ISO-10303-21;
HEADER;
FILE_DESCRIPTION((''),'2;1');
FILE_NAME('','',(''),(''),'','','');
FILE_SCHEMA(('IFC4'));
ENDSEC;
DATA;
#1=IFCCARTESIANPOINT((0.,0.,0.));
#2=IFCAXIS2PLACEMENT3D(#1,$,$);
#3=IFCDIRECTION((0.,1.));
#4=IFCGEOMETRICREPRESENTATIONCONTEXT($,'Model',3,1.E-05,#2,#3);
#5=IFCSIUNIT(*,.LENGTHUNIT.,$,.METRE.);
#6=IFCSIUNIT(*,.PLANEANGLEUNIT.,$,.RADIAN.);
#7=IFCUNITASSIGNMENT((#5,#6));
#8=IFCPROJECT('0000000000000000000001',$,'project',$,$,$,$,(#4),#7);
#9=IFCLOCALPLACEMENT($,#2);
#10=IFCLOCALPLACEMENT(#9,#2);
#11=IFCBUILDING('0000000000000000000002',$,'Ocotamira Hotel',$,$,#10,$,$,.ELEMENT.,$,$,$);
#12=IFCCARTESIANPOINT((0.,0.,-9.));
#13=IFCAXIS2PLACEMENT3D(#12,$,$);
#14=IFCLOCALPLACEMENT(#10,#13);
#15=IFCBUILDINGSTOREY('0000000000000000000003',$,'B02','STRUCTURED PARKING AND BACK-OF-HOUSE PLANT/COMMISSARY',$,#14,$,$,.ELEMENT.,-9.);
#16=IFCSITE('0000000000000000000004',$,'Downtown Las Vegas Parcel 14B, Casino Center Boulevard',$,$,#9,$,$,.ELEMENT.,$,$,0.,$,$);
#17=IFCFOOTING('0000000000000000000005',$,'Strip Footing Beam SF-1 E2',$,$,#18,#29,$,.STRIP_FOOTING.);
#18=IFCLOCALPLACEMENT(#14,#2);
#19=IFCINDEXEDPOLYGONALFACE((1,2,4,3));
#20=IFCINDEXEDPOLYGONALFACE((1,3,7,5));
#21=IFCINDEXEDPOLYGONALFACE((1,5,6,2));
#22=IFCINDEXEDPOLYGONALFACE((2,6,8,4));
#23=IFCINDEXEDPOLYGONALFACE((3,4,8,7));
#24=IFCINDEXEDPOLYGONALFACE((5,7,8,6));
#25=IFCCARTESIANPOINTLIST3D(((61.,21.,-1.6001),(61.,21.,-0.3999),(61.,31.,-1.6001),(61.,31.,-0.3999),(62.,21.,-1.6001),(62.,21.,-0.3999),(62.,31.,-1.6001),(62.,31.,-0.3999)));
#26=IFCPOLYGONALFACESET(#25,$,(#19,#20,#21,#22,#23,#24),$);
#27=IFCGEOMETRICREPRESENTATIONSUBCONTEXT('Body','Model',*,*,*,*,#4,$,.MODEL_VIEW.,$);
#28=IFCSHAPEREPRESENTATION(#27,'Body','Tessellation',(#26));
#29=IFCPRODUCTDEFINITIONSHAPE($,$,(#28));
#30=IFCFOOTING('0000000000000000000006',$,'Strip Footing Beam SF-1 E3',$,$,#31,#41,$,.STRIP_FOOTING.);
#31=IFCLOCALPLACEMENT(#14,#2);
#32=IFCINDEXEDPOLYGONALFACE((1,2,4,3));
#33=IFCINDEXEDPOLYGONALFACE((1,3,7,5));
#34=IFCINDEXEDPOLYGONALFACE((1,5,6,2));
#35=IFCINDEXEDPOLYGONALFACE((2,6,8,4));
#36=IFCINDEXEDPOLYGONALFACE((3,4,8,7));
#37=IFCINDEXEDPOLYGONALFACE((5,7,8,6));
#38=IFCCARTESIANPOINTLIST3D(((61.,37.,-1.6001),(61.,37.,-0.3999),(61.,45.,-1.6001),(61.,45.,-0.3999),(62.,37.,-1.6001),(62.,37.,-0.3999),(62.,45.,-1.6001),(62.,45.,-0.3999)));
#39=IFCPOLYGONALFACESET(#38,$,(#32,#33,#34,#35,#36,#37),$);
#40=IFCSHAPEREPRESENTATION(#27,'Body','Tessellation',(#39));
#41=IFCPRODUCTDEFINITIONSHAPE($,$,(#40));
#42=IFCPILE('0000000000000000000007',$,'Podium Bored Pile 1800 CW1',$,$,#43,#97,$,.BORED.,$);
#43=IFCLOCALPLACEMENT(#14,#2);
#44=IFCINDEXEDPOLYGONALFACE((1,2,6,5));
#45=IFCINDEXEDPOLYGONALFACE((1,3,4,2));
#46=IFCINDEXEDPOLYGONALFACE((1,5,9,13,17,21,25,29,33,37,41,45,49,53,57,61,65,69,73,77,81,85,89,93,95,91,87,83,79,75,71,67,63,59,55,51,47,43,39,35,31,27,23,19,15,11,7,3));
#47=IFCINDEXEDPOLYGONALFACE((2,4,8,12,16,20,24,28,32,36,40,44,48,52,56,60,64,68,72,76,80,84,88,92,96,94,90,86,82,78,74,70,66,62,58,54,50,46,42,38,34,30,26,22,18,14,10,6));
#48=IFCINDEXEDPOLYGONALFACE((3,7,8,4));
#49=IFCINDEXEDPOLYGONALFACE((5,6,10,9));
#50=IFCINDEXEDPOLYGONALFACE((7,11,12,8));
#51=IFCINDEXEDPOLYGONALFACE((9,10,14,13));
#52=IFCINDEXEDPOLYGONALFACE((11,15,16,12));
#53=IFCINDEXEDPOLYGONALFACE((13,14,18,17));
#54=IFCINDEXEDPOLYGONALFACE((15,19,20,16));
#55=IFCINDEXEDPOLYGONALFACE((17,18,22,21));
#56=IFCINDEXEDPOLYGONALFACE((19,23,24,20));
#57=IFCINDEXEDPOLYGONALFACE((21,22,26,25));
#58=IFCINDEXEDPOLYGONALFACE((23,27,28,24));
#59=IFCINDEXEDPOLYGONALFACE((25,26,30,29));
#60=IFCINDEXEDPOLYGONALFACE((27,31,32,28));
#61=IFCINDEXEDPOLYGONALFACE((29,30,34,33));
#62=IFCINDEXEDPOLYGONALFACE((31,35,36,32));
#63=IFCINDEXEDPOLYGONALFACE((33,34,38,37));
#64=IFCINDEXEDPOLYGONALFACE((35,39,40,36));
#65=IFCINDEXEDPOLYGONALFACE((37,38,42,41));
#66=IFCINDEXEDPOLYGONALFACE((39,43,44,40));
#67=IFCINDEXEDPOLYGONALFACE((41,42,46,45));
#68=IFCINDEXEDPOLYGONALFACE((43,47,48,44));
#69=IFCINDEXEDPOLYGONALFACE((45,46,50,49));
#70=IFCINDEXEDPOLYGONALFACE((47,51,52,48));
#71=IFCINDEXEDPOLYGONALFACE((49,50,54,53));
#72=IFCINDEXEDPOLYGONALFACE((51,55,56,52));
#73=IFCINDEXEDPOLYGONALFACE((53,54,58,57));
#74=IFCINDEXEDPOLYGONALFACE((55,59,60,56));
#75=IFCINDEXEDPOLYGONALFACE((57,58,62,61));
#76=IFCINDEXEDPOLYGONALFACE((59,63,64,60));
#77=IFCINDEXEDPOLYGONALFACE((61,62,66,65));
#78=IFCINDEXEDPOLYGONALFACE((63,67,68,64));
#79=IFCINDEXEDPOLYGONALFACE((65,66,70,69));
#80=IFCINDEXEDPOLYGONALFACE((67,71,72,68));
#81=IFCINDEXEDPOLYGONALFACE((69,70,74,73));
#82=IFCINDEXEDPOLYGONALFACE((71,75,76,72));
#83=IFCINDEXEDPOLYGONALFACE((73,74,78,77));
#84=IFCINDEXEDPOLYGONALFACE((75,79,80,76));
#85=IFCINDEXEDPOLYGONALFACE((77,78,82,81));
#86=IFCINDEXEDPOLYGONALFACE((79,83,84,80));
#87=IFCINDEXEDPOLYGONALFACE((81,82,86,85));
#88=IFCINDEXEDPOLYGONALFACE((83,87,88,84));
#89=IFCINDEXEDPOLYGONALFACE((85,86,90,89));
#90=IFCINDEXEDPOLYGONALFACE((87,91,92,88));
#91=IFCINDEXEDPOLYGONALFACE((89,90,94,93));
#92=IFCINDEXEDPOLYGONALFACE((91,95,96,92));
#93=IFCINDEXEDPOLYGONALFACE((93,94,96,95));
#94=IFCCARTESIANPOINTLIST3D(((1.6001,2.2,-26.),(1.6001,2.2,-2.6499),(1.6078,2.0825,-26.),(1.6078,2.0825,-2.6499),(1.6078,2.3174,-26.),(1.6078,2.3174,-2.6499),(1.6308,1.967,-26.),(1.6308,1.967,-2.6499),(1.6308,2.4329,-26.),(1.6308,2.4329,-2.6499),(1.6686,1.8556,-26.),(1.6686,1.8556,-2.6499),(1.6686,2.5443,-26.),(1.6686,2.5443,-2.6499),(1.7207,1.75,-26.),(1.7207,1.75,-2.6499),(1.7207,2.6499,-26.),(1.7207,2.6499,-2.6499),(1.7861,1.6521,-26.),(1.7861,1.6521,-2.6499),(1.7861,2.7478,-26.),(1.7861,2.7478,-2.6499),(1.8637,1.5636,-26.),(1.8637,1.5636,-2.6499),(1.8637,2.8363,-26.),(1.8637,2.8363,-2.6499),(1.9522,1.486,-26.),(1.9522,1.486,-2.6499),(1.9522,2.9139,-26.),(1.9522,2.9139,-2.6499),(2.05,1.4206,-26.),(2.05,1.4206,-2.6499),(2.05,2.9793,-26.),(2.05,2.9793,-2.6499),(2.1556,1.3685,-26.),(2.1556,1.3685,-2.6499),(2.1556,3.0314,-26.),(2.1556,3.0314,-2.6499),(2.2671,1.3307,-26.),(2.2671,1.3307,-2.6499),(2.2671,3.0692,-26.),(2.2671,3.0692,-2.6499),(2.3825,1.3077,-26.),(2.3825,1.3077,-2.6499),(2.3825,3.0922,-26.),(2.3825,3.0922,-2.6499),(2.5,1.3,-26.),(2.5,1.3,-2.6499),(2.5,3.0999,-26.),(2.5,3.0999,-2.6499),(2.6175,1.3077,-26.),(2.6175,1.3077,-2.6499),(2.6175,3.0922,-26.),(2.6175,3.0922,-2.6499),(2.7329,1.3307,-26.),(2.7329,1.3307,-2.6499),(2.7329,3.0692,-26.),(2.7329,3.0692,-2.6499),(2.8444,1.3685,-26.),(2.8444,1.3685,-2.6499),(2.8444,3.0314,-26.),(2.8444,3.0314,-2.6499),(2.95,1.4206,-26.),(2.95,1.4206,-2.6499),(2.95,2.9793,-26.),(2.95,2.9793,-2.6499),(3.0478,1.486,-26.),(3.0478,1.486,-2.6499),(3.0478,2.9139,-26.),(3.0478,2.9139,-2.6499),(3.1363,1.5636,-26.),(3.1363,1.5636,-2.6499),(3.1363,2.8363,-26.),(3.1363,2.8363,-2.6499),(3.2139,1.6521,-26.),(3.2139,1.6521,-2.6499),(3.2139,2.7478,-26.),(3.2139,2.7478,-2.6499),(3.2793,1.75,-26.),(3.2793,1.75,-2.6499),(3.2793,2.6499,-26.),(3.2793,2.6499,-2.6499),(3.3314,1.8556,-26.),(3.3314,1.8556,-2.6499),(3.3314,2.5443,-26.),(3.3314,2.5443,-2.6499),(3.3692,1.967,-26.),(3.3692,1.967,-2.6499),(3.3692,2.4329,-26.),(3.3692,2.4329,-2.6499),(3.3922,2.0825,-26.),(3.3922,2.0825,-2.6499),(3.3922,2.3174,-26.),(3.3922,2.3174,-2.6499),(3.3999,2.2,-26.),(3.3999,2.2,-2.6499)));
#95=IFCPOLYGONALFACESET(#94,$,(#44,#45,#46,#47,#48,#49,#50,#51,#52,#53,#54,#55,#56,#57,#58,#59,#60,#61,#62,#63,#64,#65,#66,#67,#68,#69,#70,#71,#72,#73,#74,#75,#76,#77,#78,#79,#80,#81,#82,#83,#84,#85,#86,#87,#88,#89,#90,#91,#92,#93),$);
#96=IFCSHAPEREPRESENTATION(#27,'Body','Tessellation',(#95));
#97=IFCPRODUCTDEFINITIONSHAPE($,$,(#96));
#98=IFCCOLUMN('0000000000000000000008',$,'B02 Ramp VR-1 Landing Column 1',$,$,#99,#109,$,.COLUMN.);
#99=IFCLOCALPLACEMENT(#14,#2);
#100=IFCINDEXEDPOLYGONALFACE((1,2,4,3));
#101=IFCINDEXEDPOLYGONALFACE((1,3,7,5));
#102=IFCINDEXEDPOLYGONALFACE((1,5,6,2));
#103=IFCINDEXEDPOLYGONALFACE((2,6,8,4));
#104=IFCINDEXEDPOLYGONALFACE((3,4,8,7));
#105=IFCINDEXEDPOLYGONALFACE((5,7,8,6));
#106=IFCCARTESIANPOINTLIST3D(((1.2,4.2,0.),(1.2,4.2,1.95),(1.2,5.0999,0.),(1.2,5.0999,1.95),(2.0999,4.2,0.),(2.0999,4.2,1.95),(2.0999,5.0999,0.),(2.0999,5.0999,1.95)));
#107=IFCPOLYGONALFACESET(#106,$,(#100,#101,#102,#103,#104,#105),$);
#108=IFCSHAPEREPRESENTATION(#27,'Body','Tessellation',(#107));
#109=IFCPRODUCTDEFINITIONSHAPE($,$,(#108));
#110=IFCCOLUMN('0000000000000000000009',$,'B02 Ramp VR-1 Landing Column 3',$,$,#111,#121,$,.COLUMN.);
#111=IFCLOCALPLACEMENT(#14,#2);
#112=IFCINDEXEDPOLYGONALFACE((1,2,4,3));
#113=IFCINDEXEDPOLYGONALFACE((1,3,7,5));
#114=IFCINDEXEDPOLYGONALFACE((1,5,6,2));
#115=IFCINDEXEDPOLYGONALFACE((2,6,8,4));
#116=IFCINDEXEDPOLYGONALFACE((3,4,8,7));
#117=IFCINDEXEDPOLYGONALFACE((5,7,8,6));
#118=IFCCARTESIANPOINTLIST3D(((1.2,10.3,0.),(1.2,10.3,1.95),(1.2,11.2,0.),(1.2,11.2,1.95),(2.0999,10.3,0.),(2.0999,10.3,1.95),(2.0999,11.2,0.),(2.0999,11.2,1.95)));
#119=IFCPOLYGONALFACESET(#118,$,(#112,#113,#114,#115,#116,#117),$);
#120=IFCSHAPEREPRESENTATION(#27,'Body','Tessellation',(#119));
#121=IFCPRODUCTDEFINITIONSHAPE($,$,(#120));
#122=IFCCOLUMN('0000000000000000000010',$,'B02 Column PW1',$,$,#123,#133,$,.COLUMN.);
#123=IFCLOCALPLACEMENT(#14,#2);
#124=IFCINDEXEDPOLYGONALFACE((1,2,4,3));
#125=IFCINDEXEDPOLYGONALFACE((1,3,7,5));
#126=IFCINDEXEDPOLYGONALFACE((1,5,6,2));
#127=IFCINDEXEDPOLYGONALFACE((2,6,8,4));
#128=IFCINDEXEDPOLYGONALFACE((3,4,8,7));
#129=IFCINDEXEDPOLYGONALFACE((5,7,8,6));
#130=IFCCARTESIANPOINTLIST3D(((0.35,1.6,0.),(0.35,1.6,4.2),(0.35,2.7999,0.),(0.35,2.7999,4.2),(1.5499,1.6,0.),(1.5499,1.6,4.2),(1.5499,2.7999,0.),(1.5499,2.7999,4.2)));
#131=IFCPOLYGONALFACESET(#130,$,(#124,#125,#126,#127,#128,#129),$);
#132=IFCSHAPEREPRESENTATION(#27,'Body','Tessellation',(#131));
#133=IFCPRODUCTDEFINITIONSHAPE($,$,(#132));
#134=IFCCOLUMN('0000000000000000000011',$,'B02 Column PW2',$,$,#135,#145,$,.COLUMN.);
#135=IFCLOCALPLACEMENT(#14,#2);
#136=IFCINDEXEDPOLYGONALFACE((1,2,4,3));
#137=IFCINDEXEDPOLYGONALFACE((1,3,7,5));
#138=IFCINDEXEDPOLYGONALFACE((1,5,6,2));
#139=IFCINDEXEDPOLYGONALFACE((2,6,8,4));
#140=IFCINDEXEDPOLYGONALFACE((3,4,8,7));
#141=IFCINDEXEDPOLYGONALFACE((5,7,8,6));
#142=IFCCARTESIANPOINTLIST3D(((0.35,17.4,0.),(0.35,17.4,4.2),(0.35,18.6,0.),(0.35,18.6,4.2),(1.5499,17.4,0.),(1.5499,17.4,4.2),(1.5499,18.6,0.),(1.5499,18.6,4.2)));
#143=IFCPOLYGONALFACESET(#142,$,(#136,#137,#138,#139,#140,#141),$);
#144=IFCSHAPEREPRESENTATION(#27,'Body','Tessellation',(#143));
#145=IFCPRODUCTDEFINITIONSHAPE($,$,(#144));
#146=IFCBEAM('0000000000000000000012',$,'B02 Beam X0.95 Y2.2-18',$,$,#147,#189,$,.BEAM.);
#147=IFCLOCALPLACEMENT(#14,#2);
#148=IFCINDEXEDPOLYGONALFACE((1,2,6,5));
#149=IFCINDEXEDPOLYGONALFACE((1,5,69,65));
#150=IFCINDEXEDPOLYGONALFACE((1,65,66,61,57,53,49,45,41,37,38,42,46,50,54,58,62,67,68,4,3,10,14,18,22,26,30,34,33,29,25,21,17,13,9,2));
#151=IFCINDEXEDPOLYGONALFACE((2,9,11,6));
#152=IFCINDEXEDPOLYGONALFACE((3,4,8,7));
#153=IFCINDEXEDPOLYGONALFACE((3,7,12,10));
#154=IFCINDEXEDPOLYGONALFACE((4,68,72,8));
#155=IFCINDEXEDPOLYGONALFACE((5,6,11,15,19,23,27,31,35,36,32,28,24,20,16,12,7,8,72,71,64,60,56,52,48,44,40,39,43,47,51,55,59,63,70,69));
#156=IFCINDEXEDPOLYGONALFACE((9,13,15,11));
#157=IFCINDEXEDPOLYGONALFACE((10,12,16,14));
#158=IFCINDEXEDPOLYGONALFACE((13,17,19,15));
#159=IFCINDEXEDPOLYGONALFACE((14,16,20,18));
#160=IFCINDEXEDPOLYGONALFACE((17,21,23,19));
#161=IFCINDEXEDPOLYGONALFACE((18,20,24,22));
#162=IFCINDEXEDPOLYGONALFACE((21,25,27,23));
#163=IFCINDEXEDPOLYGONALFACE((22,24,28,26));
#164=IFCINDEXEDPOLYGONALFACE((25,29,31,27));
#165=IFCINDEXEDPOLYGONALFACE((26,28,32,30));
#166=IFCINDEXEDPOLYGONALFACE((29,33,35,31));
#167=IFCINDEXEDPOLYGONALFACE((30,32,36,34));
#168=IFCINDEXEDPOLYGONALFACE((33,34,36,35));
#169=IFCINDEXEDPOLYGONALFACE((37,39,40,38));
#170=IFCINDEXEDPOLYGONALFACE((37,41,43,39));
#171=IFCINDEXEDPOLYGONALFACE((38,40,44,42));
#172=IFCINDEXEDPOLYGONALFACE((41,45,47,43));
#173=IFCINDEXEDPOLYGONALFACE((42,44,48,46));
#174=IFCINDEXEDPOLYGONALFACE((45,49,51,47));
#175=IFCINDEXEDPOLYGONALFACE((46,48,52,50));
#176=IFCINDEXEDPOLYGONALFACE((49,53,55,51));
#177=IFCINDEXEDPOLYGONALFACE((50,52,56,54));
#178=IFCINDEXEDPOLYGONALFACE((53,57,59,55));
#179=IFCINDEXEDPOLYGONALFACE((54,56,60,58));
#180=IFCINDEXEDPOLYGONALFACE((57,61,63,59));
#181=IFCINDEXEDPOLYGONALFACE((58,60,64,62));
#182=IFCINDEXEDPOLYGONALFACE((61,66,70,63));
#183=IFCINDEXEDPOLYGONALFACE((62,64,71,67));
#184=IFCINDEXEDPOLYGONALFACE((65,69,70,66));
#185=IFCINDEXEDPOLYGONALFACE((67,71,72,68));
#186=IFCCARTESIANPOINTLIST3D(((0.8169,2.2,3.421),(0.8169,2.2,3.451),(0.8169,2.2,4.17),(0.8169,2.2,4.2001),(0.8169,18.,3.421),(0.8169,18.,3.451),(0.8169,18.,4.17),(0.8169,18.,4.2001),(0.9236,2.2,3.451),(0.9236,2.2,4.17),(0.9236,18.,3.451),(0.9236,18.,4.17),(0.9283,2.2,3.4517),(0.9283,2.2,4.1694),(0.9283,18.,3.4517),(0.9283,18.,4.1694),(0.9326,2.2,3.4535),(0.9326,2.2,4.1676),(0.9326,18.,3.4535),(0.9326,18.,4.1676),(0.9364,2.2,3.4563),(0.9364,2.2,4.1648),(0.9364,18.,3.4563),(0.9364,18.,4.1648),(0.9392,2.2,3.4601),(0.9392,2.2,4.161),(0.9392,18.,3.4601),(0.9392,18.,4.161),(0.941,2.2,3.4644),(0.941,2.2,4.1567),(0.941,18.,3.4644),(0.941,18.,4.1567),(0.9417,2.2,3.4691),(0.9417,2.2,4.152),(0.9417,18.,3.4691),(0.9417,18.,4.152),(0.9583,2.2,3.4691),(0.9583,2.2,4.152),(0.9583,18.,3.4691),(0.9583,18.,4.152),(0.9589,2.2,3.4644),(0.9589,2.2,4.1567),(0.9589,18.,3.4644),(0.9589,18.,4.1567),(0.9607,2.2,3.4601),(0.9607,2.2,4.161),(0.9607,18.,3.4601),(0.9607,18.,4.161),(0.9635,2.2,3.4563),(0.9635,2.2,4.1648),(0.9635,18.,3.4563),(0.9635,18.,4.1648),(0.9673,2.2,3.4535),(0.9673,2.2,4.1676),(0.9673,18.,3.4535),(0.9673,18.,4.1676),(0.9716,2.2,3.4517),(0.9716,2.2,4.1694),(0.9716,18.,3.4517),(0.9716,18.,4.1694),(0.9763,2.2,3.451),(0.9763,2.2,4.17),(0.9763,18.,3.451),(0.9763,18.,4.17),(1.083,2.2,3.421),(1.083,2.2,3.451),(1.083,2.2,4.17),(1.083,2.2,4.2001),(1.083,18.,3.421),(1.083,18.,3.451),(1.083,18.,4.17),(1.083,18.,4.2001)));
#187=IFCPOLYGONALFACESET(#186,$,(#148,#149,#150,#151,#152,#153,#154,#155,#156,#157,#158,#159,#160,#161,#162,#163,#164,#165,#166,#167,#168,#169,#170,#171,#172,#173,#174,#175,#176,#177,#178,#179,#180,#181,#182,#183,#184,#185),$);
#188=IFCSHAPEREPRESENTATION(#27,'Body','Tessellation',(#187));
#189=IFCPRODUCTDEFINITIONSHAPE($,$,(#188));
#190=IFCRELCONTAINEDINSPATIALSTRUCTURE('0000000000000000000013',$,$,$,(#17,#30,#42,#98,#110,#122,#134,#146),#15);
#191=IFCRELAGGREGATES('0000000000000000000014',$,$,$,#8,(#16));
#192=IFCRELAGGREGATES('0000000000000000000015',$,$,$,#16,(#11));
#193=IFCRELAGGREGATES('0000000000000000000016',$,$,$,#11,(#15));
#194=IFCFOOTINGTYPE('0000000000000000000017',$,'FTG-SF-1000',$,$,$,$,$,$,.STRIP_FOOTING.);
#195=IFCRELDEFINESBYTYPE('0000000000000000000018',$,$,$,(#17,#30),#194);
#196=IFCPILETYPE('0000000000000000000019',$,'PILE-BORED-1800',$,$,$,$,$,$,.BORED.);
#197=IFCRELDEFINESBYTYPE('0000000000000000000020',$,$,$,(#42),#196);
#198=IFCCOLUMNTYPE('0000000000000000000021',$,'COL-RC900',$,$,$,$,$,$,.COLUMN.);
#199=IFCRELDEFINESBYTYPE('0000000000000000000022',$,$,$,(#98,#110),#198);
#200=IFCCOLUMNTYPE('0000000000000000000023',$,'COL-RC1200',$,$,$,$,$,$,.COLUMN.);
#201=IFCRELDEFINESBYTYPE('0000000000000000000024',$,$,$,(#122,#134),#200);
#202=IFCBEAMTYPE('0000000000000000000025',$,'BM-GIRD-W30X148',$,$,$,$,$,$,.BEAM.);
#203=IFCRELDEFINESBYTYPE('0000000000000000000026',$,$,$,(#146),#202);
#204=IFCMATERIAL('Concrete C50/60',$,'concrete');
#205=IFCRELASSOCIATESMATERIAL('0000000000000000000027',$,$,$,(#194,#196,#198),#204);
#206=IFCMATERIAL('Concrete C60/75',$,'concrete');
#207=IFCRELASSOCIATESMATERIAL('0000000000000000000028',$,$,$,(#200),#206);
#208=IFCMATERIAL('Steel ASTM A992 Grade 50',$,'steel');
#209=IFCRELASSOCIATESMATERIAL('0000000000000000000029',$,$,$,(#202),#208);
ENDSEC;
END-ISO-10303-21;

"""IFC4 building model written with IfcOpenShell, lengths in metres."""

from ifc_helpers import new_model, si_unit, direction, frame, origin, origin_2d, place, context, subcontext, project, spatial, polyline, rectangle, circle, i_section, outline, extrude, source, transform, mapped, material, material_profile, profile_set, type_object, element, save


model = new_model("IFC4")

# Units and contexts
model_context = context("Model", 3, precision=1e-05, world=origin(), true_north=direction((0.0, 1.0)))
body_context = subcontext(model_context, "Body", "Model", "MODEL_VIEW")
ifc_project = project(units=[si_unit("LENGTHUNIT", "METRE"), si_unit("PLANEANGLEUNIT", "RADIAN")], contexts=[model_context])

# Site, building, storey
site_placement = place(None, origin())
site = spatial("IfcSite", under=ifc_project, at=site_placement, Name="Downtown Las Vegas Parcel 14B, Casino Center Boulevard", CompositionType="ELEMENT", RefElevation=0.0)
building_placement = place(site_placement, origin())
building = spatial("IfcBuilding", under=site, at=building_placement, Name="Ocotamira Hotel", CompositionType="ELEMENT")
storey_placement = place(building_placement, frame((0.0, 0.0, -9.0)))
storey = spatial("IfcBuildingStorey", under=building, at=storey_placement, Name="B02", Description="STRUCTURED PARKING AND BACK-OF-HOUSE PLANT/COMMISSARY", CompositionType="ELEMENT", Elevation=-9.0)

# Footings
ifc_material_1 = material(Name="Concrete C50/60", Category="concrete")
footing_type = type_object("IfcFootingType", Name="FTG-SF-1000", PredefinedType="STRIP_FOOTING", material=ifc_material_1)
footing_1_placement = place(storey_placement, frame((0.0, 0.0, -1.6001)))
element("IfcFooting", 1, at=footing_1_placement, inside=storey, type_object=footing_type, Name="Strip Footing Beam SF-1 E2", PredefinedType="STRIP_FOOTING", context=body_context, shape_type="SweptSolid", body=[
    extrude(outline(polyline([(61.0, 21.0), (62.0, 21.0), (62.0, 31.0), (61.0, 31.0), (61.0, 21.0)])), origin(), (0.0, 0.0, 1.0), 1.2002),
])
footing_2_placement = place(storey_placement, frame((0.0, 0.0, -1.6001)))
element("IfcFooting", 2, at=footing_2_placement, inside=storey, type_object=footing_type, Name="Strip Footing Beam SF-1 E3", PredefinedType="STRIP_FOOTING", context=body_context, shape_type="SweptSolid", body=[
    extrude(outline(polyline([(61.0, 37.0), (62.0, 37.0), (62.0, 45.0), (61.0, 45.0), (61.0, 37.0)])), origin(), (0.0, 0.0, 1.0), 1.2002),
])

# Pile
ifc_material_profile_1 = material_profile(ifc_material_1, circle(Radius=0.8999, at=origin_2d()), Name="PILE1800")
ifc_profile_set_1 = profile_set([ifc_material_profile_1], Name="Concrete C50/60")
pile_type = type_object("IfcPileType", Name="PILE-BORED-1800", PredefinedType="BORED", material=ifc_profile_set_1)
shared_shape_1 = source(origin(), body_context, "Body", "SweptSolid", [
    extrude(circle(Radius=0.8999, at=origin_2d()), origin(), (0.0, 0.0, 1.0), 23.3501),
])
pile_placement = place(storey_placement, frame((2.5, 2.2, -2.6499), z_axis=(0.0, 0.0, -1.0), x_axis=(1.0, 0.0, 0.0)))
element("IfcPile", 3, at=pile_placement, inside=storey, type_object=pile_type, Name="Podium Bored Pile 1800 CW1", PredefinedType="BORED", context=body_context, shape_type="MappedRepresentation", body=[
    mapped(shared_shape_1, transform((0.0, 0.0, 0.0), scale=1.0)),
])

# Columns
ifc_material_profile_2 = material_profile(ifc_material_1, rectangle(XDim=0.8999, YDim=0.8999, at=origin_2d()), Name="RC900X900")
ifc_profile_set_2 = profile_set([ifc_material_profile_2], Name="Concrete C50/60")
column_type_1 = type_object("IfcColumnType", Name="COL-RC900", PredefinedType="COLUMN", material=ifc_profile_set_2)
shared_shape_2 = source(origin(), body_context, "Body", "SweptSolid", [
    extrude(rectangle(XDim=0.8999, YDim=0.8999, at=origin_2d()), origin(), (0.0, 0.0, 1.0), 1.95),
])
for number, where, z_axis, x_axis, name in (
    (4, (1.6499, 4.6499, 0.0), (0.0, 0.0, 1.0), (1.0, 0.0, 0.0), "B02 Ramp VR-1 Landing Column 1"),
    (5, (1.6499, 10.75, 0.0), (0.0, 0.0, 1.0), (1.0, 0.0, 0.0), "B02 Ramp VR-1 Landing Column 3"),
):
    element("IfcColumn", number, at=place(storey_placement, frame(where, z_axis=z_axis, x_axis=x_axis)), inside=storey, type_object=column_type_1, Name=name, PredefinedType="COLUMN", context=body_context, shape_type="MappedRepresentation", body=[
        mapped(shared_shape_2, transform((0.0, 0.0, 0.0), scale=1.0)),
    ])
ifc_material_2 = material(Name="Concrete C60/75", Category="concrete")
ifc_material_profile_3 = material_profile(ifc_material_2, rectangle(XDim=1.2, YDim=1.2, at=origin_2d()), Name="RC1200X1200")
ifc_profile_set_3 = profile_set([ifc_material_profile_3], Name="Concrete C60/75")
column_type_2 = type_object("IfcColumnType", Name="COL-RC1200", PredefinedType="COLUMN", material=ifc_profile_set_3)
shared_shape_3 = source(origin(), body_context, "Body", "SweptSolid", [
    extrude(rectangle(XDim=1.2, YDim=1.2, at=origin_2d()), origin(), (0.0, 0.0, 1.0), 4.2),
])
for number, where, z_axis, x_axis, name in (
    (6, (0.95, 2.2, 0.0), (0.0, 0.0, 1.0), (1.0, 0.0, 0.0), "B02 Column PW1"),
    (7, (0.95, 18.0, 0.0), (0.0, 0.0, 1.0), (1.0, 0.0, 0.0), "B02 Column PW2"),
):
    element("IfcColumn", number, at=place(storey_placement, frame(where, z_axis=z_axis, x_axis=x_axis)), inside=storey, type_object=column_type_2, Name=name, PredefinedType="COLUMN", context=body_context, shape_type="MappedRepresentation", body=[
        mapped(shared_shape_3, transform((0.0, 0.0, 0.0), scale=1.0)),
    ])

# Beam
ifc_material_3 = material(Name="Steel ASTM A992 Grade 50", Category="steel")
ifc_material_profile_4 = material_profile(ifc_material_3, i_section(OverallWidth=0.2661, OverallDepth=0.7791, WebThickness=0.0166, FlangeThickness=0.03, FilletRadius=0.0181, at=origin_2d()), Name="W30X148")
ifc_profile_set_4 = profile_set([ifc_material_profile_4], Name="Steel ASTM A992 Grade 50")
beam_type = type_object("IfcBeamType", Name="BM-GIRD-W30X148", PredefinedType="BEAM", material=ifc_profile_set_4)
shared_shape_4 = source(origin(), body_context, "Body", "SweptSolid", [
    extrude(i_section(OverallWidth=0.2661, OverallDepth=0.7791, WebThickness=0.0166, FlangeThickness=0.03, FilletRadius=0.0181, at=origin_2d()), origin(), (0.0, 0.0, 1.0), 15.8),
])
beam_1_placement = place(storey_placement, frame((0.95, 2.2, 3.8105), z_axis=(0.0, 1.0, 0.0), x_axis=(-1.0, 0.0, 0.0)))
element("IfcBeam", 8, at=beam_1_placement, inside=storey, type_object=beam_type, Name="B02 Beam X0.95 Y2.2-18", PredefinedType="BEAM", context=body_context, shape_type="MappedRepresentation", body=[
    mapped(shared_shape_4, transform((0.0, 0.0, 0.0), scale=1.0)),
])

save(model, "model.ifc")
